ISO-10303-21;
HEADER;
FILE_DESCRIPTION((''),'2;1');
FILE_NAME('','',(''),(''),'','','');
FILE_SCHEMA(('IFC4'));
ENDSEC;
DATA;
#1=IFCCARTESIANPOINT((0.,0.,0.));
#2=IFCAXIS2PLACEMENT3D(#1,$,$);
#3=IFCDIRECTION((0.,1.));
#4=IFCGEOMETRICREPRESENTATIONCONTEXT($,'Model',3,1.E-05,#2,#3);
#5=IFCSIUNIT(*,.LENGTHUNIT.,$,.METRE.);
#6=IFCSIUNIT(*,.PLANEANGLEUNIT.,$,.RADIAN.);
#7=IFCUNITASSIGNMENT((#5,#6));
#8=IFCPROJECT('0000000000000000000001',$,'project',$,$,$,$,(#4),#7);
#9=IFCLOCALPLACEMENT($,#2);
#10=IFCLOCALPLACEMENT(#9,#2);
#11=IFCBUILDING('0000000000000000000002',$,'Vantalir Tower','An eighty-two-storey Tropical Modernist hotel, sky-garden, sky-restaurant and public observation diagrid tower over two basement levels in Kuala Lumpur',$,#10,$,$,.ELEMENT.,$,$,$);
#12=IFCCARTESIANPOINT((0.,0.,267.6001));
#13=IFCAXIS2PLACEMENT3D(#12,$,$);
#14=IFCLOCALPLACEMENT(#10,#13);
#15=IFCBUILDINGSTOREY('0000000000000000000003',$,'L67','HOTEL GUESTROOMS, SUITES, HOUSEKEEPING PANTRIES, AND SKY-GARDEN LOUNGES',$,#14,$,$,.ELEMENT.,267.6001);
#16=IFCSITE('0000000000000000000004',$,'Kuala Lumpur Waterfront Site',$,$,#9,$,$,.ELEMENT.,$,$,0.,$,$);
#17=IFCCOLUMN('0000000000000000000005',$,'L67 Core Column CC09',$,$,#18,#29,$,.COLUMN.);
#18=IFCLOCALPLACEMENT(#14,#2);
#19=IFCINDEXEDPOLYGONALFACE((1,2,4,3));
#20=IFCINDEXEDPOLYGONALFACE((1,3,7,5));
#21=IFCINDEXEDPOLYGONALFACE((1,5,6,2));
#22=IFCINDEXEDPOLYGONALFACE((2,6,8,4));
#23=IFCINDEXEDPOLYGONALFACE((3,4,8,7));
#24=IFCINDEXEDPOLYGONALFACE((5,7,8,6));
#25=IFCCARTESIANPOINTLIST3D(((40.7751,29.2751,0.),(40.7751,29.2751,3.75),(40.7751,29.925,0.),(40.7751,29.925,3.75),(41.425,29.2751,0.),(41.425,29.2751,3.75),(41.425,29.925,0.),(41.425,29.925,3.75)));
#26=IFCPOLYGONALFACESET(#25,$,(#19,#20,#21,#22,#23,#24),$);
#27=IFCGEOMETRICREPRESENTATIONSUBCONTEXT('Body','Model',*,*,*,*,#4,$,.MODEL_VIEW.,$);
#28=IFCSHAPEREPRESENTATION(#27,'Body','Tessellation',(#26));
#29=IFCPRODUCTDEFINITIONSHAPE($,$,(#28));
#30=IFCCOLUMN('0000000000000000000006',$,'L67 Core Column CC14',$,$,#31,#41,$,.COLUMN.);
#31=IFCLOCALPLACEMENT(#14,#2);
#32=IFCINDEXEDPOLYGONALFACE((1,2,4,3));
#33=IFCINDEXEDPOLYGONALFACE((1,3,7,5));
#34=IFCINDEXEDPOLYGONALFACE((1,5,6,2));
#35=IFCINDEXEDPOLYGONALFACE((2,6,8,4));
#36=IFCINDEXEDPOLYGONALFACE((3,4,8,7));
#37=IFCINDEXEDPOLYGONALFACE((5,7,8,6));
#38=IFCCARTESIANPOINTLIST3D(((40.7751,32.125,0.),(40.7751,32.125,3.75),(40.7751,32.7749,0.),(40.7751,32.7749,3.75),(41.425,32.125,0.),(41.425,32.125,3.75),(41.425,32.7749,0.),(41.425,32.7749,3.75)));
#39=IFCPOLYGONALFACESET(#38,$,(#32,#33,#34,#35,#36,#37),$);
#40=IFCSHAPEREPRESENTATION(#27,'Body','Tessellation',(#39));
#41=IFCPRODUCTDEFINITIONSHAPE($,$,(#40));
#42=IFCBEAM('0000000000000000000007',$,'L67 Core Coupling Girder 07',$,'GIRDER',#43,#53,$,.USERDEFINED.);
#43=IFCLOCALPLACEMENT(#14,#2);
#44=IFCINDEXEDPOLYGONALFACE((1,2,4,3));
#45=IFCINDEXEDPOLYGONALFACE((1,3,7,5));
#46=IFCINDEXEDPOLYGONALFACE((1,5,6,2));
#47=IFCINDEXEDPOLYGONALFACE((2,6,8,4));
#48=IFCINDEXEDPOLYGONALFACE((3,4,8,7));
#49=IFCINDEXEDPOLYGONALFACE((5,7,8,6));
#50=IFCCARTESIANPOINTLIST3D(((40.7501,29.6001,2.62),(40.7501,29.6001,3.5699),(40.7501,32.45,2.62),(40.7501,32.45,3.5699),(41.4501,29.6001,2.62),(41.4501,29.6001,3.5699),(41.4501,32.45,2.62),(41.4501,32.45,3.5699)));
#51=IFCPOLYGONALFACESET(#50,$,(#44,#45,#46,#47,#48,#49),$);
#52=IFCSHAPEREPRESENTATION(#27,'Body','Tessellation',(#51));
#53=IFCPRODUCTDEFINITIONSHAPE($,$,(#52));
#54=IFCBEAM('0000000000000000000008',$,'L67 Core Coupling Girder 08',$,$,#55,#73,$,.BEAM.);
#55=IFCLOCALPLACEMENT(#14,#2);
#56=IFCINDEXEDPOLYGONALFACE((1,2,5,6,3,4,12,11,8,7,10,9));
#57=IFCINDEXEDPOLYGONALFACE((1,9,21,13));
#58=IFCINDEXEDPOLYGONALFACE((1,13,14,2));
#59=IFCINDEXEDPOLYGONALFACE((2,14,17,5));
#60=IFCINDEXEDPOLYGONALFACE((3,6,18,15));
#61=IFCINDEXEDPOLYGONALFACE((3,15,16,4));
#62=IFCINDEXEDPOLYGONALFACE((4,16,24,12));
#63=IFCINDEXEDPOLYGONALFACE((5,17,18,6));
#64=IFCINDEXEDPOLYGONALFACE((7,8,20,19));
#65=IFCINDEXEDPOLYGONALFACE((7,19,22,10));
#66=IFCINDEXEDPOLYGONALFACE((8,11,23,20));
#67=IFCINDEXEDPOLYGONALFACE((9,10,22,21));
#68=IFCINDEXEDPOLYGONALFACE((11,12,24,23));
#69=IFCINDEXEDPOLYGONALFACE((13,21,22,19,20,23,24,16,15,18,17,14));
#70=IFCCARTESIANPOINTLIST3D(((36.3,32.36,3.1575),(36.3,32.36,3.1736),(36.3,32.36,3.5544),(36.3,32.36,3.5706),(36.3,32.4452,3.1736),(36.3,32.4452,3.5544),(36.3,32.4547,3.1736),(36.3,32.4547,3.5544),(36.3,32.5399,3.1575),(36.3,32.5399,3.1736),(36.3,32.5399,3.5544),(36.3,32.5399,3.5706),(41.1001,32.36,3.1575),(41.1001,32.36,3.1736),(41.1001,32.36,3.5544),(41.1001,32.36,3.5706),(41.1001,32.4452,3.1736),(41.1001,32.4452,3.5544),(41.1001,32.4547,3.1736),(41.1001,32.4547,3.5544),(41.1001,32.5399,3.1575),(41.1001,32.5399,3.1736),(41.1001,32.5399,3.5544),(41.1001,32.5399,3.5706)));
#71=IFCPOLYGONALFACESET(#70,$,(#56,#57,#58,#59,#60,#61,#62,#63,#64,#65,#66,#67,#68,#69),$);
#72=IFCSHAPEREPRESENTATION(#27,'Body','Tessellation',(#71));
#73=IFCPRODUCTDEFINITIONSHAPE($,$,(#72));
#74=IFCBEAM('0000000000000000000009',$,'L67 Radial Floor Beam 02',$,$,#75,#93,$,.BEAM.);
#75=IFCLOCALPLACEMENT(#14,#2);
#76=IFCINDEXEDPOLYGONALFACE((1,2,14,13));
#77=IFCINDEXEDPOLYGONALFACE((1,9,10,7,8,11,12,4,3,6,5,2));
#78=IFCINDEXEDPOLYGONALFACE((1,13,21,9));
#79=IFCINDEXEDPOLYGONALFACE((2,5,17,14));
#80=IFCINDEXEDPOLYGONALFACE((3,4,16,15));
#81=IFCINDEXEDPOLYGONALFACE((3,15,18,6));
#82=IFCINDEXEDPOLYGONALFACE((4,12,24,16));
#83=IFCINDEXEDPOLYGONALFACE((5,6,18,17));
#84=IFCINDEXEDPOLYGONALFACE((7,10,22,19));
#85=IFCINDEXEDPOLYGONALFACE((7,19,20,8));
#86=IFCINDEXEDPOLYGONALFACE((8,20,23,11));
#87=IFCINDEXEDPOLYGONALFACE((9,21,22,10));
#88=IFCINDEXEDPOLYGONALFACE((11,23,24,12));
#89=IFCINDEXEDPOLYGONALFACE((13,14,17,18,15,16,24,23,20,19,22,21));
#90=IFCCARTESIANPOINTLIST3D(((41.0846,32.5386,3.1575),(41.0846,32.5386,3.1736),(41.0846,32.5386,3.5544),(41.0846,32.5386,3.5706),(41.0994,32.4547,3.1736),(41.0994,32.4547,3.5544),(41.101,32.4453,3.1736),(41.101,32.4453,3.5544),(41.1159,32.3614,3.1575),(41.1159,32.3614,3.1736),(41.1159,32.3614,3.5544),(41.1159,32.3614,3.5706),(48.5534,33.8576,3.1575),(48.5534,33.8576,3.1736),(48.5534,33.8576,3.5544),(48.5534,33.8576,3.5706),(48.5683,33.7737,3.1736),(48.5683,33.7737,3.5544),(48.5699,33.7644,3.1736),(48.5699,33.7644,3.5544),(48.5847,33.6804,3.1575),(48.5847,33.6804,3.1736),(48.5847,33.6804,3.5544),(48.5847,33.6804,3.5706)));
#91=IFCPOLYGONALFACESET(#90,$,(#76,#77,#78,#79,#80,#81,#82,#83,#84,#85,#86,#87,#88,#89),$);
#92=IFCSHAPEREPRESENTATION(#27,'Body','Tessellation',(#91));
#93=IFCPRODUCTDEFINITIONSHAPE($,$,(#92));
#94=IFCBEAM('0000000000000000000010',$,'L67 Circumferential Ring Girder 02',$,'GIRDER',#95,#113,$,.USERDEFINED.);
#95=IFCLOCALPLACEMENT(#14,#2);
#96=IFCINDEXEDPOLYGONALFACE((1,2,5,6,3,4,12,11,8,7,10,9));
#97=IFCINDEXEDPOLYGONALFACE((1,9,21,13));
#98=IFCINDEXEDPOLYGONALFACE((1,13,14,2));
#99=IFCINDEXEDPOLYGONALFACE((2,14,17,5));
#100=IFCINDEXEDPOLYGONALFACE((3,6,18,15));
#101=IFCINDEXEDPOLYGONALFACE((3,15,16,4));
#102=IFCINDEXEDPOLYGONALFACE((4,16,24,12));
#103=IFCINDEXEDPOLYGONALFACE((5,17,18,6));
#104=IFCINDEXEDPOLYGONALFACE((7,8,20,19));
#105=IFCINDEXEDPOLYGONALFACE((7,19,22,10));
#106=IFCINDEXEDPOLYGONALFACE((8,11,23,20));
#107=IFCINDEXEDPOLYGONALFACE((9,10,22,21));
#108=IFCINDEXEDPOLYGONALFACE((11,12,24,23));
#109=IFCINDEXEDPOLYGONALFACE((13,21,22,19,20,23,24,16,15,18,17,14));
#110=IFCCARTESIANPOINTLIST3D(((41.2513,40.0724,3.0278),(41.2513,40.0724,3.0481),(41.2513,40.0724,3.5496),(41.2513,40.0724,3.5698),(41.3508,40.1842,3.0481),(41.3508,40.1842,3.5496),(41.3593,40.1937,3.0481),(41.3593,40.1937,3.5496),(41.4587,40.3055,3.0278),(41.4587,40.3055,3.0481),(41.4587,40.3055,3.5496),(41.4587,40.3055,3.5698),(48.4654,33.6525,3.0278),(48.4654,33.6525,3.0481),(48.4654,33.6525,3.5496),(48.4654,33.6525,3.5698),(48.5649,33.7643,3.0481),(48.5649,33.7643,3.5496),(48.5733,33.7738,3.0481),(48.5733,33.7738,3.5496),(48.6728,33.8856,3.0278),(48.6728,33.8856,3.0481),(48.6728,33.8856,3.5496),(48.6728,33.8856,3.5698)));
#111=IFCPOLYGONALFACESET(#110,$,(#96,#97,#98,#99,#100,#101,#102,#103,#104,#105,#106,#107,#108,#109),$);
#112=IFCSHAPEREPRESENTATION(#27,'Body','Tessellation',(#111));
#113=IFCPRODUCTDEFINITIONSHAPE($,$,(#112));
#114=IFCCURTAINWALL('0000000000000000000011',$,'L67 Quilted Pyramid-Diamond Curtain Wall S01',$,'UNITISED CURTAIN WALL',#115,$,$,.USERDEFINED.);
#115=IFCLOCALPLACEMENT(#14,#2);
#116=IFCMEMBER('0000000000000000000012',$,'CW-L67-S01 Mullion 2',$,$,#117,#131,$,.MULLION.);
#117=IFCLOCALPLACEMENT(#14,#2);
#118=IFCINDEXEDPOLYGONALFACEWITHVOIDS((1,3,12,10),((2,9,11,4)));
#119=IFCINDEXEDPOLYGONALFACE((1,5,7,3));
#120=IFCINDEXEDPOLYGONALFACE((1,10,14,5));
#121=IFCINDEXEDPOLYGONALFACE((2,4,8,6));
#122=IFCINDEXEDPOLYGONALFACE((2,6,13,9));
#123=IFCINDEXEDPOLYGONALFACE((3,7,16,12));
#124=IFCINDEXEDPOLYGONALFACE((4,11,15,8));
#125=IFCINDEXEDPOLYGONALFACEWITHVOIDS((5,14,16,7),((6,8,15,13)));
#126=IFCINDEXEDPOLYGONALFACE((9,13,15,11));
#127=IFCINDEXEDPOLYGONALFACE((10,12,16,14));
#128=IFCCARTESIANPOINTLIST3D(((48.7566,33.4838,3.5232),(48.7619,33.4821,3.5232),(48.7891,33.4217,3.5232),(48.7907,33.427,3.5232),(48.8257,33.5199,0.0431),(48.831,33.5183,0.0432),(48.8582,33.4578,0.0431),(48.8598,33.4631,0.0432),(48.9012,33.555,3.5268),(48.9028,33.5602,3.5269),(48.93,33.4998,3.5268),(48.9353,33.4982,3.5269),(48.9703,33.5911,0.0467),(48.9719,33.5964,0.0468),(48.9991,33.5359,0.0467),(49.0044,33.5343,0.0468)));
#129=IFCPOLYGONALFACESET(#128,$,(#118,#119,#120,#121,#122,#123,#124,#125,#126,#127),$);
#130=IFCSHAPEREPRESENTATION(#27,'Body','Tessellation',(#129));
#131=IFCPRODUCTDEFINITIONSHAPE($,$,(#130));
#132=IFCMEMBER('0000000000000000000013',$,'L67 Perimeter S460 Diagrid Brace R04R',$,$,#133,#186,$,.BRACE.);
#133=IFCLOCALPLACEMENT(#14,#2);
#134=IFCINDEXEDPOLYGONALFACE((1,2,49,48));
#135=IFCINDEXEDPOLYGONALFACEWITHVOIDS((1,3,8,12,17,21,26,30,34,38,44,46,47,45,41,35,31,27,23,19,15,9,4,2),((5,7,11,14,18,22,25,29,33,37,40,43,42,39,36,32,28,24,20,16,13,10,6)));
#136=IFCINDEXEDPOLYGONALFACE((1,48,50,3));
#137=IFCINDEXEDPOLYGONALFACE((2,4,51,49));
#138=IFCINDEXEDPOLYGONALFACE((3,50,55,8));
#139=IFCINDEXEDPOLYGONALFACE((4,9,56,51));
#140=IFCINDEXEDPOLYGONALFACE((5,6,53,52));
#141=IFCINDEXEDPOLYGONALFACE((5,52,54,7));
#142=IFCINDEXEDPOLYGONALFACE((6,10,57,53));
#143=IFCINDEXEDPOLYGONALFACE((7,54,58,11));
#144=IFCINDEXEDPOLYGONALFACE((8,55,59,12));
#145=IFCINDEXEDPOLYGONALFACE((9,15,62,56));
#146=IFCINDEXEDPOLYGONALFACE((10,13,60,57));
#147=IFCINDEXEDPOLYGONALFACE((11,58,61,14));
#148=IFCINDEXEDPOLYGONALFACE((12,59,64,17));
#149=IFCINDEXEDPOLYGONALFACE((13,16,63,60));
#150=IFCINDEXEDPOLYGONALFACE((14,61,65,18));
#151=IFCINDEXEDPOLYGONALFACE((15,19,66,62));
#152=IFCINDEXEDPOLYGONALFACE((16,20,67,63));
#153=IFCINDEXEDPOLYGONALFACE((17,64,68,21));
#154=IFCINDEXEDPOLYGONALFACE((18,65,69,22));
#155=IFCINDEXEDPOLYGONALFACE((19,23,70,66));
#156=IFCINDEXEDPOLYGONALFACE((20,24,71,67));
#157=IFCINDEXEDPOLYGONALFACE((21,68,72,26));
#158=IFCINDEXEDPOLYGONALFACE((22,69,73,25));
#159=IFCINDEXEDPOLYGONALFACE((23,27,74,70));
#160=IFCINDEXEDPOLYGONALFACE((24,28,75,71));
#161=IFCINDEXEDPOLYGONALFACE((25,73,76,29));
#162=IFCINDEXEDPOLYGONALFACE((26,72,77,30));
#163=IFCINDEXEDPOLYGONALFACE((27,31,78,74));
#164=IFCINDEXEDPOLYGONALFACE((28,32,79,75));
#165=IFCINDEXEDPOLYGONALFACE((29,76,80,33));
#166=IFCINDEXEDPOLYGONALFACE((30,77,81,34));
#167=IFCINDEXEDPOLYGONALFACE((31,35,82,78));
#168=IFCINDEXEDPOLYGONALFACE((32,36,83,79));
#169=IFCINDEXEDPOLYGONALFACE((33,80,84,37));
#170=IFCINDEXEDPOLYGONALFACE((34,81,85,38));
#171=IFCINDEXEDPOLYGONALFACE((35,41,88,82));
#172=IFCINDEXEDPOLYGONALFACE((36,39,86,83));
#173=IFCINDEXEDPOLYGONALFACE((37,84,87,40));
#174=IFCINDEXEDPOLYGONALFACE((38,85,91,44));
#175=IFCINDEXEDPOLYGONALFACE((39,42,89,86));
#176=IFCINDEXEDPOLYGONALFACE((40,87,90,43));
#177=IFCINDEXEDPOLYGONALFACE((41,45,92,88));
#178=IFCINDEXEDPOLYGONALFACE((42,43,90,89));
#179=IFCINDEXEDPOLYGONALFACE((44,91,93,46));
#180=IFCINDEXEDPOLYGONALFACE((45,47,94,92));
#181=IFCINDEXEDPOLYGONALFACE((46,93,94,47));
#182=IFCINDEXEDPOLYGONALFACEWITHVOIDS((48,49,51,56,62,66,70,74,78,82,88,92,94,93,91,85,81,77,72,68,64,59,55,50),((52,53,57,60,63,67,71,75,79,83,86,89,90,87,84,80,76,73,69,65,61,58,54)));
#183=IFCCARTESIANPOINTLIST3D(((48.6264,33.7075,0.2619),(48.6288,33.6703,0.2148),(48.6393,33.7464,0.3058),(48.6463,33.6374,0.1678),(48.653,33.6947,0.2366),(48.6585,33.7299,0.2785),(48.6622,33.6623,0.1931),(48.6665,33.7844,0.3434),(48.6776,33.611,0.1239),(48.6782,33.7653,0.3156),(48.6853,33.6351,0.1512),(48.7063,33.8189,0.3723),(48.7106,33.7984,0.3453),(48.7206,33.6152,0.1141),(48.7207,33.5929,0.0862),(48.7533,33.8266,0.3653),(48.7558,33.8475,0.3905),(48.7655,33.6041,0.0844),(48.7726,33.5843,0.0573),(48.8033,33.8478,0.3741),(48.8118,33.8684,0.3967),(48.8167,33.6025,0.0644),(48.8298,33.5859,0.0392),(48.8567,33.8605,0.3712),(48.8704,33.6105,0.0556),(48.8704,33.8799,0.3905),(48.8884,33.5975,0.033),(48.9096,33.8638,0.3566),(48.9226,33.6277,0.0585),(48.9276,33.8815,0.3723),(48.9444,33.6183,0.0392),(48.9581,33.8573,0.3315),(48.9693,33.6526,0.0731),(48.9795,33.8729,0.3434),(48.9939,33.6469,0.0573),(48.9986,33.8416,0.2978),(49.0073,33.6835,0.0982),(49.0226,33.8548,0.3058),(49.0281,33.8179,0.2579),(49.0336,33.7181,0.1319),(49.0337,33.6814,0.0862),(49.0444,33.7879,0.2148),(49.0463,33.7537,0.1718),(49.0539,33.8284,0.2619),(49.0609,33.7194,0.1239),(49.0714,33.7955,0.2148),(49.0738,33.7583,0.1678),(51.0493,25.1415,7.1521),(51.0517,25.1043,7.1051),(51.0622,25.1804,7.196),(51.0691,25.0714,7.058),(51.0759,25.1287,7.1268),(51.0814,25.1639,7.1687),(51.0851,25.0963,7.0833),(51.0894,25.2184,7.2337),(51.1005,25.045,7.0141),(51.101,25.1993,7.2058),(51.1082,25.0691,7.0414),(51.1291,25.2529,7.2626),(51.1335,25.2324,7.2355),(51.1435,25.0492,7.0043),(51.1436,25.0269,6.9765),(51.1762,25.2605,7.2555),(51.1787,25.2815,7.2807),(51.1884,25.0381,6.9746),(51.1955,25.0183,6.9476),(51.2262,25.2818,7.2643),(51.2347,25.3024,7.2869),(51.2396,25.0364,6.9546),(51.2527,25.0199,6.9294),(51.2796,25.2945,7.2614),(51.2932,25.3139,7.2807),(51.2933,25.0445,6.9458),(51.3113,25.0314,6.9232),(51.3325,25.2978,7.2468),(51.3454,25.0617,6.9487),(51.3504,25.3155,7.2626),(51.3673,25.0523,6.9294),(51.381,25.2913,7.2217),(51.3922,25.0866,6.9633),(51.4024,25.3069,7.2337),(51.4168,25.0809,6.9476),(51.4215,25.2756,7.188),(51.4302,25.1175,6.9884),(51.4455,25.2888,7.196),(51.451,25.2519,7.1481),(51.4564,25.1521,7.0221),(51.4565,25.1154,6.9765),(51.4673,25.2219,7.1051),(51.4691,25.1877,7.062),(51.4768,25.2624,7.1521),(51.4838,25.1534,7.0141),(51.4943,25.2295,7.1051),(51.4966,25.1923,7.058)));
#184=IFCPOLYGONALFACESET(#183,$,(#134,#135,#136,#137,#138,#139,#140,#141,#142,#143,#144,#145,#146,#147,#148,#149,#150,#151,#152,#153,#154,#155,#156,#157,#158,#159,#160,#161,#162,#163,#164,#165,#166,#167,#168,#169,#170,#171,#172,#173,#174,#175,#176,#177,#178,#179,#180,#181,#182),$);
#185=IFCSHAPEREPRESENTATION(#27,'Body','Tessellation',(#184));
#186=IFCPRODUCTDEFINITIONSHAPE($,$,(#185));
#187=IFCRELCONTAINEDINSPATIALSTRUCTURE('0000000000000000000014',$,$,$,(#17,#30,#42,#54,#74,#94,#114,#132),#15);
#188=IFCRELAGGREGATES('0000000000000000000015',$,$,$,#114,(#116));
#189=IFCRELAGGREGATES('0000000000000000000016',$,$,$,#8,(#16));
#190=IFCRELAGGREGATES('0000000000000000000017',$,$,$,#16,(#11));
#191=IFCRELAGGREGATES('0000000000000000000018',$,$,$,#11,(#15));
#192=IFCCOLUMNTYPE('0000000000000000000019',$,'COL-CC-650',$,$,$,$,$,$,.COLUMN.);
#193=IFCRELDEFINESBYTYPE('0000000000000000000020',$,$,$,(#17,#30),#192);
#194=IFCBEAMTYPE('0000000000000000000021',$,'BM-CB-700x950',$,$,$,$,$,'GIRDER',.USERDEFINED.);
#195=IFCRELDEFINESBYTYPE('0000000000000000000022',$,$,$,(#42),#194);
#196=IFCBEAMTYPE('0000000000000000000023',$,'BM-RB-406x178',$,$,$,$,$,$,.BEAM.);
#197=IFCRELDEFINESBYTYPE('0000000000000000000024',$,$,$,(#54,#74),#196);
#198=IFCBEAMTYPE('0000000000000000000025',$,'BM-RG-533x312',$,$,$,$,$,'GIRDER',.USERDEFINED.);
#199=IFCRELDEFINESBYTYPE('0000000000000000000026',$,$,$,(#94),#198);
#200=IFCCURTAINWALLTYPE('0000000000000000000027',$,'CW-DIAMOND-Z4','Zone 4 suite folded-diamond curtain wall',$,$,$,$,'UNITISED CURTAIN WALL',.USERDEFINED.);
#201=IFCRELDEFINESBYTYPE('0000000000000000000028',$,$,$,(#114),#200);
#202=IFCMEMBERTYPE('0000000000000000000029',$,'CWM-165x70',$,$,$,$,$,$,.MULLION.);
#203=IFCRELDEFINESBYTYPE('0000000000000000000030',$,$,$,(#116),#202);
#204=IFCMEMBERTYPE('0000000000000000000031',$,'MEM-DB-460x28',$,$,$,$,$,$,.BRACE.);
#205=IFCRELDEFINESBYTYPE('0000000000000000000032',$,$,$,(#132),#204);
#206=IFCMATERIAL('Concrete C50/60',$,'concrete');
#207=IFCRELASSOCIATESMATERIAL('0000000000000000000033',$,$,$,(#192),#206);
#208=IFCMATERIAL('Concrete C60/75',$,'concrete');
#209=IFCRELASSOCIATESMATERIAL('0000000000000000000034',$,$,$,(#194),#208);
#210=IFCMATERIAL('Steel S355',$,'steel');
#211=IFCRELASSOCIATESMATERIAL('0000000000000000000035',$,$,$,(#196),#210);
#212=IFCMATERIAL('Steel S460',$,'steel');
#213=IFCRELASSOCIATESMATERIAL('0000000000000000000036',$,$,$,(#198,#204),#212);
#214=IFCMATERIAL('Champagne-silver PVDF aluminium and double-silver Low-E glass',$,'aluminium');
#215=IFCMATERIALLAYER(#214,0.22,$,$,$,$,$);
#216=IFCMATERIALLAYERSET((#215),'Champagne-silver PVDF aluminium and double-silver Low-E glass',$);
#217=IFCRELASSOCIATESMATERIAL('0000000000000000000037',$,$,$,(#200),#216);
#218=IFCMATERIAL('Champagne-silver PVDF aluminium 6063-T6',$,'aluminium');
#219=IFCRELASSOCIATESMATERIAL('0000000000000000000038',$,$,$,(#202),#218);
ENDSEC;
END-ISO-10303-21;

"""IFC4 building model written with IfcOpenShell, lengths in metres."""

from ifc_helpers import new_model, si_unit, direction, frame, origin, origin_2d, place, context, subcontext, project, spatial, rectangle, hollow_rectangle, hollow_circle, i_section, extrude, material, layer, layer_set, material_profile, profile_set, type_object, element, aggregate, save


model = new_model("IFC4")

# Units and contexts
model_context = context("Model", 3, precision=1e-05, world=origin(), true_north=direction((0.0, 1.0)))
body_context = subcontext(model_context, "Body", "Model", "MODEL_VIEW")
ifc_project = project(units=[si_unit("LENGTHUNIT", "METRE"), si_unit("PLANEANGLEUNIT", "RADIAN")], contexts=[model_context])

# Site, building, storey
site_placement = place(None, origin())
site = spatial("IfcSite", under=ifc_project, at=site_placement, Name="Kuala Lumpur Waterfront Site", CompositionType="ELEMENT", RefElevation=0.0)
building_placement = place(site_placement, origin())
building = spatial("IfcBuilding", under=site, at=building_placement, Name="Vantalir Tower", Description="An eighty-two-storey Tropical Modernist hotel, sky-garden, sky-restaurant and public observation diagrid tower over two basement levels in Kuala Lumpur", CompositionType="ELEMENT")
storey_placement = place(building_placement, frame((0.0, 0.0, 267.6001)))
storey = spatial("IfcBuildingStorey", under=building, at=storey_placement, Name="L67", Description="HOTEL GUESTROOMS, SUITES, HOUSEKEEPING PANTRIES, AND SKY-GARDEN LOUNGES", CompositionType="ELEMENT", Elevation=267.6001)

# Columns
ifc_material_1 = material(Name="Concrete C50/60", Category="concrete")
ifc_material_profile_1 = material_profile(ifc_material_1, rectangle(XDim=0.6499, YDim=0.6499, at=origin_2d()), Name="Concrete C50/60")
ifc_profile_set_1 = profile_set([ifc_material_profile_1], Name="Concrete C50/60")
column_type = type_object("IfcColumnType", Name="COL-CC-650", PredefinedType="COLUMN", material=ifc_profile_set_1)
for number, where, z_axis, x_axis, name in (
    (1, (41.1001, 29.6001, 0.0), (0.0, 0.0, 1.0), (1.0, 0.0, 0.0), "L67 Core Column CC09"),
    (2, (41.1001, 32.45, 0.0), (0.0, 0.0, 1.0), (1.0, 0.0, 0.0), "L67 Core Column CC14"),
):
    element("IfcColumn", number, at=place(storey_placement, frame(where, z_axis=z_axis, x_axis=x_axis)), inside=storey, type_object=column_type, Name=name, PredefinedType="COLUMN", context=body_context, shape_type="SweptSolid", body=[
        extrude(rectangle(XDim=0.6499, YDim=0.6499, at=origin_2d()), origin(), (0.0, 0.0, 1.0), 3.75),
    ])

# Beams
ifc_material_2 = material(Name="Concrete C60/75", Category="concrete")
ifc_material_profile_2 = material_profile(ifc_material_2, rectangle(XDim=0.7, YDim=0.95, at=origin_2d()), Name="Concrete C60/75")
ifc_profile_set_2 = profile_set([ifc_material_profile_2], Name="Concrete C60/75")
beam_type_1 = type_object("IfcBeamType", Name="BM-CB-700x950", ElementType="GIRDER", PredefinedType="USERDEFINED", material=ifc_profile_set_2)
beam_1_placement = place(storey_placement, frame((41.1001, 29.6001, 3.095), z_axis=(0.0, 1.0, 0.0), x_axis=(-1.0, 0.0, 0.0)))
element("IfcBeam", 3, at=beam_1_placement, inside=storey, type_object=beam_type_1, Name="L67 Core Coupling Girder 07", ObjectType="GIRDER", PredefinedType="USERDEFINED", context=body_context, shape_type="SweptSolid", body=[
    extrude(rectangle(XDim=0.7, YDim=0.95, at=origin_2d()), origin(), (0.0, 0.0, 1.0), 2.8499),
])
ifc_material_3 = material(Name="Steel S355", Category="steel")
ifc_material_profile_3 = material_profile(ifc_material_3, i_section(OverallWidth=0.1799, OverallDepth=0.4131, WebThickness=0.0095, FlangeThickness=0.0161, at=origin_2d()), Name="Steel S355")
ifc_profile_set_3 = profile_set([ifc_material_profile_3], Name="Steel S355")
beam_type_2 = type_object("IfcBeamType", Name="BM-RB-406x178", PredefinedType="BEAM", material=ifc_profile_set_3)
beam_2_placement = place(storey_placement, frame((41.1001, 32.45, 3.364), z_axis=(-1.0, 0.0, 0.0), x_axis=(0.0, -1.0, 0.0)))
element("IfcBeam", 4, at=beam_2_placement, inside=storey, type_object=beam_type_2, Name="L67 Core Coupling Girder 08", PredefinedType="BEAM", context=body_context, shape_type="SweptSolid", body=[
    extrude(i_section(OverallWidth=0.1799, OverallDepth=0.4131, WebThickness=0.0095, FlangeThickness=0.0161, at=origin_2d()), origin(), (0.0, 0.0, 1.0), 4.8),
])
beam_3_placement = place(storey_placement, frame((48.5691, 33.769, 3.364), z_axis=(-0.98476, -0.173918, 0.0), x_axis=(0.173918, -0.98476, 0.0)))
element("IfcBeam", 5, at=beam_3_placement, inside=storey, type_object=beam_type_2, Name="L67 Radial Floor Beam 02", PredefinedType="BEAM", context=body_context, shape_type="SweptSolid", body=[
    extrude(i_section(OverallWidth=0.1799, OverallDepth=0.4131, WebThickness=0.0095, FlangeThickness=0.0161, at=origin_2d()), origin(), (0.0, 0.0, 1.0), 7.5845),
])
ifc_material_4 = material(Name="Steel S460", Category="steel")
ifc_material_profile_4 = material_profile(ifc_material_4, i_section(OverallWidth=0.312, OverallDepth=0.542, WebThickness=0.0127, FlangeThickness=0.0203, at=origin_2d()), Name="Steel S460")
ifc_profile_set_4 = profile_set([ifc_material_profile_4], Name="Steel S460")
beam_type_3 = type_object("IfcBeamType", Name="BM-RG-533x312", ElementType="GIRDER", PredefinedType="USERDEFINED", material=ifc_profile_set_4)
beam_4_placement = place(storey_placement, frame((48.5691, 33.769, 3.2988), z_axis=(-0.74703, 0.664791, 0.0), x_axis=(-0.664791, -0.74703, 0.0)))
element("IfcBeam", 6, at=beam_4_placement, inside=storey, type_object=beam_type_3, Name="L67 Circumferential Ring Girder 02", ObjectType="GIRDER", PredefinedType="USERDEFINED", context=body_context, shape_type="SweptSolid", body=[
    extrude(i_section(OverallWidth=0.312, OverallDepth=0.542, WebThickness=0.0127, FlangeThickness=0.0203, at=origin_2d()), origin(), (0.0, 0.0, 1.0), 9.657),
])

# Curtain wall, member
ifc_material_5 = material(Name="Champagne-silver PVDF aluminium and double-silver Low-E glass", Category="aluminium")
ifc_layer_1 = layer(ifc_material_5, 0.22)
ifc_layer_set_1 = layer_set([ifc_layer_1], Name="Champagne-silver PVDF aluminium and double-silver Low-E glass")
curtain_wall_type = type_object("IfcCurtainWallType", Name="CW-DIAMOND-Z4", Description="Zone 4 suite folded-diamond curtain wall", ElementType="UNITISED CURTAIN WALL", PredefinedType="USERDEFINED", material=ifc_layer_set_1)
curtain_wall_placement = place(storey_placement, origin())
curtain_wall = element("IfcCurtainWall", 7, at=curtain_wall_placement, inside=storey, type_object=curtain_wall_type, Name="L67 Quilted Pyramid-Diamond Curtain Wall S01", ObjectType="UNITISED CURTAIN WALL", PredefinedType="USERDEFINED")
ifc_material_6 = material(Name="Champagne-silver PVDF aluminium 6063-T6", Category="aluminium")
ifc_material_profile_5 = material_profile(ifc_material_6, hollow_rectangle(XDim=0.0701, YDim=0.165, WallThickness=0.0039, at=origin_2d()), Name="Champagne-silver PVDF aluminium 6063-T6")
ifc_profile_set_5 = profile_set([ifc_material_profile_5], Name="Champagne-silver PVDF aluminium 6063-T6")
member_type_1 = type_object("IfcMemberType", Name="CWM-165x70", PredefinedType="MULLION", material=ifc_profile_set_5)
member_1_placement = place(storey_placement, frame((48.915, 33.5271, 0.0449), z_axis=(-0.019849, -0.01038, 0.999749), x_axis=(0.463422, -0.886138, 0.0)))
member_1 = element("IfcMember", 8, at=member_1_placement, type_object=member_type_1, Name="CW-L67-S01 Mullion 2", PredefinedType="MULLION", context=body_context, shape_type="SweptSolid", body=[
    extrude(hollow_rectangle(XDim=0.0701, YDim=0.165, WallThickness=0.0039, at=origin_2d()), origin(), (0.0, 0.0, 1.0), 3.481),
])

# Member
ifc_material_profile_6 = material_profile(ifc_material_4, hollow_circle(Radius=0.23, WallThickness=0.0281, at=origin_2d()), Name="Steel S460")
ifc_profile_set_6 = profile_set([ifc_material_profile_6], Name="Steel S460")
member_type_2 = type_object("IfcMemberType", Name="MEM-DB-460x28", PredefinedType="BRACE", material=ifc_profile_set_6)
member_2_placement = place(storey_placement, frame((48.8501, 33.7329, 0.2148), z_axis=(0.215231, -0.760944, 0.612078), x_axis=(0.962249, 0.27217, 0.0)))
element("IfcMember", 9, at=member_2_placement, inside=storey, type_object=member_type_2, Name="L67 Perimeter S460 Diagrid Brace R04R", PredefinedType="BRACE", context=body_context, shape_type="SweptSolid", body=[
    extrude(hollow_circle(Radius=0.23, WallThickness=0.0281, at=origin_2d()), origin(), (0.0, 0.0, 1.0), 11.2571),
])

aggregate(curtain_wall, [member_1])

save(model, "model.ifc")
